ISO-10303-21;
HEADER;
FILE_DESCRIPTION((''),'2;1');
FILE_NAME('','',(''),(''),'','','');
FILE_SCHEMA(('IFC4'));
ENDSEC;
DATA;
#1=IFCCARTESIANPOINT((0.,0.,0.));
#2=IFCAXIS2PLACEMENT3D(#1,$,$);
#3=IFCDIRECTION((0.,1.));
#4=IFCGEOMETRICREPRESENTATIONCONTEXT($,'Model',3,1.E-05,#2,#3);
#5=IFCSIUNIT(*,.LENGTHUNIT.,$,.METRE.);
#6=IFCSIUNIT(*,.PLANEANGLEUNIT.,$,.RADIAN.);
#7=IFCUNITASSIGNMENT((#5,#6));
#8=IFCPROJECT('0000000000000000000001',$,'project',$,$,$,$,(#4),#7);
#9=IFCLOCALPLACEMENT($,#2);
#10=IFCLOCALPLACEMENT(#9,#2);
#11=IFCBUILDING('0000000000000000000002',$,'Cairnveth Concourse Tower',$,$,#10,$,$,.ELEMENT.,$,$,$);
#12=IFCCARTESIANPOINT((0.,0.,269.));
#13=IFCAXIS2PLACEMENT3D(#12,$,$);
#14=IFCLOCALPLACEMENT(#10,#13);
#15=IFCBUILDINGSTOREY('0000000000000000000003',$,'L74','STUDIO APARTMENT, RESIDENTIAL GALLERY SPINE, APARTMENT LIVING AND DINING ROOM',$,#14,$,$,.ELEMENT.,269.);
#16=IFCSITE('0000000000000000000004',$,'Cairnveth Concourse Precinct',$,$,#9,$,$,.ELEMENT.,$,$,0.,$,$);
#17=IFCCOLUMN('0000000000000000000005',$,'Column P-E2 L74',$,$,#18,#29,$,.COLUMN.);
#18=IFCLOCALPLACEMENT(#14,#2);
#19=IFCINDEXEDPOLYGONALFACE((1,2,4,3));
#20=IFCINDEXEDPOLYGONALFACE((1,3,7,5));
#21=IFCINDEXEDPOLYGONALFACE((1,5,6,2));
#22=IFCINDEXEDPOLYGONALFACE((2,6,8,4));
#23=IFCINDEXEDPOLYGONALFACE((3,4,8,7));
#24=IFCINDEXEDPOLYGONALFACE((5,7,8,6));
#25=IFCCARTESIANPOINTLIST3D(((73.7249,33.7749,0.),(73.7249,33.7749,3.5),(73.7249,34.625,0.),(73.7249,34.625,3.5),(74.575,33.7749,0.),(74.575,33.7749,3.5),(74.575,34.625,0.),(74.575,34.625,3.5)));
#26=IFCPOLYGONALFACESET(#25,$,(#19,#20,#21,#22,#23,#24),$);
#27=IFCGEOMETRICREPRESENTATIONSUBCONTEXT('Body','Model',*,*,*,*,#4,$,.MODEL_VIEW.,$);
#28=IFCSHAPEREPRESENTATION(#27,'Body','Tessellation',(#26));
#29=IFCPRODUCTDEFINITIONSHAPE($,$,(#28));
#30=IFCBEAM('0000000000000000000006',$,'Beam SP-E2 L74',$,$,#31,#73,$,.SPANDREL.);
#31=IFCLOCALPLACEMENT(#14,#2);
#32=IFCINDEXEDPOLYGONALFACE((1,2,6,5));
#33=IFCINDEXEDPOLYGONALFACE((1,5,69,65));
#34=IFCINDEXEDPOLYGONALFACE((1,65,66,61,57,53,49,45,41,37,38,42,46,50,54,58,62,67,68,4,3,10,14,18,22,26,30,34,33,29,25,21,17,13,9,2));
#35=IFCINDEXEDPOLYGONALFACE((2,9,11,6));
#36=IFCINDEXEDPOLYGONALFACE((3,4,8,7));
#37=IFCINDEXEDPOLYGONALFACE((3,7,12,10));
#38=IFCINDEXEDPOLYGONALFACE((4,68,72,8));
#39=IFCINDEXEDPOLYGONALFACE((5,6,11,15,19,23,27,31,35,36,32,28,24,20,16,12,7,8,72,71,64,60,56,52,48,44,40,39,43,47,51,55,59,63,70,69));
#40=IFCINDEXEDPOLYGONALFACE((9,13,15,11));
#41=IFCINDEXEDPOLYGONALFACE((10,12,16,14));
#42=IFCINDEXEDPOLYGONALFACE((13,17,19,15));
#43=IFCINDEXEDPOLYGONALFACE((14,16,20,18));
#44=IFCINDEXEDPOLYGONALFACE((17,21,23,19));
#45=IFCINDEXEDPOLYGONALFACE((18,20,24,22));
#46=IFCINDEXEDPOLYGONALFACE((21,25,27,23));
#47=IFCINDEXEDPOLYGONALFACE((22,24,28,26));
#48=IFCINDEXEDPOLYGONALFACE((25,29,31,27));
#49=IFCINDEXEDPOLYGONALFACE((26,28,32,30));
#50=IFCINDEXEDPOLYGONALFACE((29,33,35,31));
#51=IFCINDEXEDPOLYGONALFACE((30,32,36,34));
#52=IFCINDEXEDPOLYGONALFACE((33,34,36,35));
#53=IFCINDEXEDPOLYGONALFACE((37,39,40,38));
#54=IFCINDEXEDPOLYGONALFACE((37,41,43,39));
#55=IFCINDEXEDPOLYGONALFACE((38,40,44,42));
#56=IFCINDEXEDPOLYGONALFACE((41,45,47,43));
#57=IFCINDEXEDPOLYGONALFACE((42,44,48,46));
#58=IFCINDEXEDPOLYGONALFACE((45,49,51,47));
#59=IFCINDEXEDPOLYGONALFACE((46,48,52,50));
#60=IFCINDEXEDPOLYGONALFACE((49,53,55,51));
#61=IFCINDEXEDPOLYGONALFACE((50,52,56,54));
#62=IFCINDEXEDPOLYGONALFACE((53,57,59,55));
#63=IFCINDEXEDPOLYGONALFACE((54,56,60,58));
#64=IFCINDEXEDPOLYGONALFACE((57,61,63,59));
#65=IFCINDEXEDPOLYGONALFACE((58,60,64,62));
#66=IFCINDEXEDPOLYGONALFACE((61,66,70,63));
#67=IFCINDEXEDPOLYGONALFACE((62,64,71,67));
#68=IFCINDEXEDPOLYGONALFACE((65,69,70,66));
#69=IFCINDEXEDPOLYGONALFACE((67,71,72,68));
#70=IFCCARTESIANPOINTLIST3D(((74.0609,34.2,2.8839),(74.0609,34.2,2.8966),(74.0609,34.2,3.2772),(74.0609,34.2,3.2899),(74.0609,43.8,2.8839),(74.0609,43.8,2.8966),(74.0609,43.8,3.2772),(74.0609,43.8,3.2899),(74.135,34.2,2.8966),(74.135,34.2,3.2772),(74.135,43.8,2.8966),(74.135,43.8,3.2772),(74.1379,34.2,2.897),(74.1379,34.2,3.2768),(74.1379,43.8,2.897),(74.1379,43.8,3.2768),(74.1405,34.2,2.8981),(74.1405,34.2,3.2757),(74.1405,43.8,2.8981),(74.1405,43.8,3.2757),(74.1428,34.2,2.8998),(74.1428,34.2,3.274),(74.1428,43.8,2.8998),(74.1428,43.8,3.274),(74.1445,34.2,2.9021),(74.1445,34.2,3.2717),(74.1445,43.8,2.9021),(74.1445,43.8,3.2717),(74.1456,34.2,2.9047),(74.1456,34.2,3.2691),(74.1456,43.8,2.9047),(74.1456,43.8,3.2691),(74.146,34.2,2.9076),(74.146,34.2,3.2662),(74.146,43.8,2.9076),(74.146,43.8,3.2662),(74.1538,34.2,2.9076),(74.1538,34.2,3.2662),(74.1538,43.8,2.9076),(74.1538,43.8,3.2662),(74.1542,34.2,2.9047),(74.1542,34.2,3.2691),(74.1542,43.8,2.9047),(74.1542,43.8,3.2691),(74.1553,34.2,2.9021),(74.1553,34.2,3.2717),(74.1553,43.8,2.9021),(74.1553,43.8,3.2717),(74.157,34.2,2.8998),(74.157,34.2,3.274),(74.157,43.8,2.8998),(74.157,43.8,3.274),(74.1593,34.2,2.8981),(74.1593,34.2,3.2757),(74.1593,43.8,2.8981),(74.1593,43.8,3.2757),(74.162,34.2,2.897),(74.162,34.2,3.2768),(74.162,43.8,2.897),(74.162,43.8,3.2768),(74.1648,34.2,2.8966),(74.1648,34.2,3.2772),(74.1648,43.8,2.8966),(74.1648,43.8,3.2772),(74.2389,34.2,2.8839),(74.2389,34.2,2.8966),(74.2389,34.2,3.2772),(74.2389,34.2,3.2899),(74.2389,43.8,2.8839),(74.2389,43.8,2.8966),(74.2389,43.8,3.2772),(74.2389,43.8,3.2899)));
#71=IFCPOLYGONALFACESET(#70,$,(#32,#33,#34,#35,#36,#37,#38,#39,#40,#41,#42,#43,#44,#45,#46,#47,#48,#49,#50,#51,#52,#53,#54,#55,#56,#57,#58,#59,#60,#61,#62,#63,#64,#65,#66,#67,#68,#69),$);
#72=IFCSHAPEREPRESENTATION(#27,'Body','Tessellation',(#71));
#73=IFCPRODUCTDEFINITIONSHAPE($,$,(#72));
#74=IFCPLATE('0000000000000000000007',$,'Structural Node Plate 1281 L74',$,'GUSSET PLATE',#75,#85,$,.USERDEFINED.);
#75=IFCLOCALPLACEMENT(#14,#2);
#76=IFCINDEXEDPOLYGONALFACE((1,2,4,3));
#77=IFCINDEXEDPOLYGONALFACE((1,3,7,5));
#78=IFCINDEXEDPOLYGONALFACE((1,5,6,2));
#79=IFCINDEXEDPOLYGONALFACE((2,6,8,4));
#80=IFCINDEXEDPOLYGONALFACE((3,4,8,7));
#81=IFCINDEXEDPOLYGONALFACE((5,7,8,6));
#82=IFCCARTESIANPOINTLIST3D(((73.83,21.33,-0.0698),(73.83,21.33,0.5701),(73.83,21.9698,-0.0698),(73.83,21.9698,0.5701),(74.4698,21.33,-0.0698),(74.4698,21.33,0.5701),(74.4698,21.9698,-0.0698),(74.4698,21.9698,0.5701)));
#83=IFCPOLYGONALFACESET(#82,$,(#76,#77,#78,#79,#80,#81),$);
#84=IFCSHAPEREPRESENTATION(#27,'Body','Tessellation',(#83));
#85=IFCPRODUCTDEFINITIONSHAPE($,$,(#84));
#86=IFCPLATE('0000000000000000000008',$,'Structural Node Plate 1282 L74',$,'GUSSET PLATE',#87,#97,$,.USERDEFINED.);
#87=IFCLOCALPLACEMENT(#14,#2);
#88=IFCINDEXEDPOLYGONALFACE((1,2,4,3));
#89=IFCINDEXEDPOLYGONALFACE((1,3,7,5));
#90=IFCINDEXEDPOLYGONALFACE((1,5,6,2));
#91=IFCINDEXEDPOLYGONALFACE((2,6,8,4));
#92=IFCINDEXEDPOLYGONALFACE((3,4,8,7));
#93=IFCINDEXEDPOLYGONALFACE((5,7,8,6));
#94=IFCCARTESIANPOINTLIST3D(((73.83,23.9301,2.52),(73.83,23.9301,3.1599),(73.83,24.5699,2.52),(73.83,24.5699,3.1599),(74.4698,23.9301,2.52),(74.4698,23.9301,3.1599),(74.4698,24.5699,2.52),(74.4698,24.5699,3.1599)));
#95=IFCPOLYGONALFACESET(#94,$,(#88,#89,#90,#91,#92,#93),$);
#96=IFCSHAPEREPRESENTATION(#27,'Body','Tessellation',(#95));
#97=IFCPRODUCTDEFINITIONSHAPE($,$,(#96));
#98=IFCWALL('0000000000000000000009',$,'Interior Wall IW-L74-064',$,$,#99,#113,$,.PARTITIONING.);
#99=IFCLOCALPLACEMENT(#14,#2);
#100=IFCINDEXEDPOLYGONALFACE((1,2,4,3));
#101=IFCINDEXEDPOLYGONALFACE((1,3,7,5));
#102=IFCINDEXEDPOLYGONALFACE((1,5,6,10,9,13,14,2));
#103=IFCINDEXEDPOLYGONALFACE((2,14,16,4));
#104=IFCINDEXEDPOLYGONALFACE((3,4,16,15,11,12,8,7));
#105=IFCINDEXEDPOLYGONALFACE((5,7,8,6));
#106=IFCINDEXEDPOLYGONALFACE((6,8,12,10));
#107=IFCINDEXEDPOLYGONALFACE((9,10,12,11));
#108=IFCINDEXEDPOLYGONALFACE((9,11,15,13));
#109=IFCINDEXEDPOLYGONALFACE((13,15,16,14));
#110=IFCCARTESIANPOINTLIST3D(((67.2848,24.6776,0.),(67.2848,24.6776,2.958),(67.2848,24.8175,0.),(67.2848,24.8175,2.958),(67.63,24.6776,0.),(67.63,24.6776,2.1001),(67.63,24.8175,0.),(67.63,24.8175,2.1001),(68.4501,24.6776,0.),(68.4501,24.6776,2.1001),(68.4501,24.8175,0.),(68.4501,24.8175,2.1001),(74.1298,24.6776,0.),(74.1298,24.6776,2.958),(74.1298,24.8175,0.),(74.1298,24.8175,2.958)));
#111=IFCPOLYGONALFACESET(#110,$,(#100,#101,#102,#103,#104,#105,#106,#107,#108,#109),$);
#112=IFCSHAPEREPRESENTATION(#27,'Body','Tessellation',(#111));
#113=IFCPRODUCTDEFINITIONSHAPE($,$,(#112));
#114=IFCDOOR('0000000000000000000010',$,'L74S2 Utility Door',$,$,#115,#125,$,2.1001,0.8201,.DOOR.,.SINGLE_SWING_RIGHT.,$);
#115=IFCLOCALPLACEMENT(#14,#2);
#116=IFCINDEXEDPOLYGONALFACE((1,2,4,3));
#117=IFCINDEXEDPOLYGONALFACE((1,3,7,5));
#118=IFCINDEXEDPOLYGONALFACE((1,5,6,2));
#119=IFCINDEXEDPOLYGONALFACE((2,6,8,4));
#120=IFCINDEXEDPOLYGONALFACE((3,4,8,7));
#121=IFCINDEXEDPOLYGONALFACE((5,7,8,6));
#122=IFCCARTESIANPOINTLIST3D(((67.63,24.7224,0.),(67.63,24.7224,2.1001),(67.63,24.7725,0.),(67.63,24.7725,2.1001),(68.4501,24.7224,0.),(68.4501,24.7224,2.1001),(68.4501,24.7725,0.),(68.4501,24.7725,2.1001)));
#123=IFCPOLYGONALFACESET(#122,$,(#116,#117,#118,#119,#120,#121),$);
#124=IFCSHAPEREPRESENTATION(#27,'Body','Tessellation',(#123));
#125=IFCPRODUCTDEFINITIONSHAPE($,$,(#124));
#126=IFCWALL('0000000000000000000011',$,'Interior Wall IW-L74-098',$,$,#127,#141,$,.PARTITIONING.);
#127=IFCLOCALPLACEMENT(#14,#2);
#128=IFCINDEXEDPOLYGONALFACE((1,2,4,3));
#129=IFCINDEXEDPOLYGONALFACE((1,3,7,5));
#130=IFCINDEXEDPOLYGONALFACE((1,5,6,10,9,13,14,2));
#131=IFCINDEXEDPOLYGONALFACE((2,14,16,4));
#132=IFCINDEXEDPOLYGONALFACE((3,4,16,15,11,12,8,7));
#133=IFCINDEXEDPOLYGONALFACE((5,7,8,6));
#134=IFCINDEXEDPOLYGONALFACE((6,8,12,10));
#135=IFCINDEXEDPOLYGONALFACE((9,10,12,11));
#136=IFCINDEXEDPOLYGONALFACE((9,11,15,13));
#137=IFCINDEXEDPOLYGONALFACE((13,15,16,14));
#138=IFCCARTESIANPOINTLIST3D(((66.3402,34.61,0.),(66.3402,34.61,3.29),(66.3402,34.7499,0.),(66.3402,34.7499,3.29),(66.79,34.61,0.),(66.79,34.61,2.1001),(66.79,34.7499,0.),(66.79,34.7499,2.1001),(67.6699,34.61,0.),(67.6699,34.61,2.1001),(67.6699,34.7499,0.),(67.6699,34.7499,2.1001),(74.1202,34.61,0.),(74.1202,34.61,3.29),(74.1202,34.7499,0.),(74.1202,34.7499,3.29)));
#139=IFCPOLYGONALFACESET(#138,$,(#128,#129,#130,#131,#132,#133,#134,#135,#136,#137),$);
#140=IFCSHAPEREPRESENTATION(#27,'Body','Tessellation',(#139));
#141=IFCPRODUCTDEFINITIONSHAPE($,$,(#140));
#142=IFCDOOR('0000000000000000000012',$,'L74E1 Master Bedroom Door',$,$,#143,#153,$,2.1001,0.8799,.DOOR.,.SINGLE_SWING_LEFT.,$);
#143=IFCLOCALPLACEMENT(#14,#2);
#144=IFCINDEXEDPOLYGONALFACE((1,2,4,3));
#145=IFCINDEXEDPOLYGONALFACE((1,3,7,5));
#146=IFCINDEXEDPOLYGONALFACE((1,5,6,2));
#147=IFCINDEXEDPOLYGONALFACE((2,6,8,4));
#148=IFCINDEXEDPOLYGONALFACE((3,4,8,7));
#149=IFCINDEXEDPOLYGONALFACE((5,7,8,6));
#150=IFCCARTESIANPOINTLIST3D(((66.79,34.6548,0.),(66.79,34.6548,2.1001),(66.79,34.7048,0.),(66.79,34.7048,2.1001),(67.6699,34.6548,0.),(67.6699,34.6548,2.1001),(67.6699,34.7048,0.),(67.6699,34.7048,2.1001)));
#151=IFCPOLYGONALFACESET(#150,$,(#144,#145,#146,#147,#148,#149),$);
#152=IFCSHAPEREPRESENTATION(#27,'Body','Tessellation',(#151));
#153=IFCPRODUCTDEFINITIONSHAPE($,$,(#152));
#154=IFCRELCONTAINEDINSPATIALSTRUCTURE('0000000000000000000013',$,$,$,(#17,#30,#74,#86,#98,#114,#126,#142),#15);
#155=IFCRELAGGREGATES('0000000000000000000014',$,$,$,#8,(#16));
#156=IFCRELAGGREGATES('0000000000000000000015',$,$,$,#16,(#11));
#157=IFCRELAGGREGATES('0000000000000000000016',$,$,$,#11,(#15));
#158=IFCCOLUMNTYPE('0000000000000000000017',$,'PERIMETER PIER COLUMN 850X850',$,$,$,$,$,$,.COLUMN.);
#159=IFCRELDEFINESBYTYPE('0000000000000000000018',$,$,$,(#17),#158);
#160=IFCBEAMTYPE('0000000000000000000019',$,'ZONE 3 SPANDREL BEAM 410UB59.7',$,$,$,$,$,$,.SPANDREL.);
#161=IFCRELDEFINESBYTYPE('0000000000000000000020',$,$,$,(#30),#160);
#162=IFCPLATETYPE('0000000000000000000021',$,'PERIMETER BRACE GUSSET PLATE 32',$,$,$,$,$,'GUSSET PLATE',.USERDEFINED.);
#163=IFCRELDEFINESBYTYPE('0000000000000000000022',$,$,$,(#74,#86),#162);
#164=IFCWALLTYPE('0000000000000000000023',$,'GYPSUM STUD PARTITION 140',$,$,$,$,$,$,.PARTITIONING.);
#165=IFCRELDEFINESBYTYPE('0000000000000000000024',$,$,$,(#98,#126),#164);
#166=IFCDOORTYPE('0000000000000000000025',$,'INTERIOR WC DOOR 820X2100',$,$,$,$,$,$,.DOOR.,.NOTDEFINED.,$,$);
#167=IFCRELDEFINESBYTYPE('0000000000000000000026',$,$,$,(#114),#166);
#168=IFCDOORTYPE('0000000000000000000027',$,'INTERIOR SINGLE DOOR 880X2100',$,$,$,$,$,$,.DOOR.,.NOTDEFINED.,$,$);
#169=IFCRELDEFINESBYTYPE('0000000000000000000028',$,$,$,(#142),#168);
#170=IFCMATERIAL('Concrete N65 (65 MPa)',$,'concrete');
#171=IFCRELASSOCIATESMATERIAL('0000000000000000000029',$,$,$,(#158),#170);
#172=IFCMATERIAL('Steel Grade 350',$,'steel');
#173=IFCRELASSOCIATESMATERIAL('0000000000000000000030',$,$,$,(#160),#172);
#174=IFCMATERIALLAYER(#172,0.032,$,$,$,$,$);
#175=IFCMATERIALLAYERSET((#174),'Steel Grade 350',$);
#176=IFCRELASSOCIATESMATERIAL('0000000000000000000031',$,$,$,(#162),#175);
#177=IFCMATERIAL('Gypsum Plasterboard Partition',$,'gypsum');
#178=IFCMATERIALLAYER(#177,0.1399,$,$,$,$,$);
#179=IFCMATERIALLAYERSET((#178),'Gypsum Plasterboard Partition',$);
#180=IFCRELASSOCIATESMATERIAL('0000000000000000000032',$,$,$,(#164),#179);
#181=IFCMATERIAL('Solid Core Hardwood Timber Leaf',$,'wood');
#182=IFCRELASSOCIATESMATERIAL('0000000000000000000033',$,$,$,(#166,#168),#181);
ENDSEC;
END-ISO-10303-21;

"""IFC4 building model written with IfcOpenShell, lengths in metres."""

from ifc_helpers import new_model, si_unit, direction, frame, frame_2d, origin, origin_2d, place, context, subcontext, project, spatial, rectangle, i_section, extrude, material, layer, layer_set, material_profile, profile_set, type_object, element, fill, save


model = new_model("IFC4")

# Units and contexts
model_context = context("Model", 3, precision=1e-05, world=origin(), true_north=direction((0.0, 1.0)))
body_context = subcontext(model_context, "Body", "Model", "MODEL_VIEW")
ifc_project = project(units=[si_unit("LENGTHUNIT", "METRE"), si_unit("PLANEANGLEUNIT", "RADIAN")], contexts=[model_context])

# Site, building, storey
site_placement = place(None, origin())
site = spatial("IfcSite", under=ifc_project, at=site_placement, Name="Cairnveth Concourse Precinct", CompositionType="ELEMENT", RefElevation=0.0)
building_placement = place(site_placement, origin())
building = spatial("IfcBuilding", under=site, at=building_placement, Name="Cairnveth Concourse Tower", CompositionType="ELEMENT")
storey_placement = place(building_placement, frame((0.0, 0.0, 269.0)))
storey = spatial("IfcBuildingStorey", under=building, at=storey_placement, Name="L74", Description="STUDIO APARTMENT, RESIDENTIAL GALLERY SPINE, APARTMENT LIVING AND DINING ROOM", CompositionType="ELEMENT", Elevation=269.0)

# Column
ifc_material_1 = material(Name="Concrete N65 (65 MPa)", Category="concrete")
ifc_material_profile_1 = material_profile(ifc_material_1, rectangle(XDim=0.8501, YDim=0.8501, at=origin_2d()), Name="RC-COL-850x850")
ifc_profile_set_1 = profile_set([ifc_material_profile_1], Name="Concrete N65 (65 MPa)")
column_type = type_object("IfcColumnType", Name="PERIMETER PIER COLUMN 850X850", PredefinedType="COLUMN", material=ifc_profile_set_1)
column_placement = place(storey_placement, frame((74.1499, 34.2, 0.0), z_axis=(0.0, 0.0, 1.0), x_axis=(0.0, 1.0, 0.0)))
element("IfcColumn", 1, at=column_placement, inside=storey, type_object=column_type, Name="Column P-E2 L74", PredefinedType="COLUMN", context=body_context, shape_type="SweptSolid", body=[
    extrude(rectangle(XDim=0.8501, YDim=0.8501, at=origin_2d()), origin(), (0.0, 0.0, 1.0), 3.5),
])

# Beam
ifc_material_2 = material(Name="Steel Grade 350", Category="steel")
ifc_material_profile_2 = material_profile(ifc_material_2, i_section(OverallWidth=0.178, OverallDepth=0.406, WebThickness=0.0078, FlangeThickness=0.0127, FilletRadius=0.011, at=origin_2d()), Name="410UB59.7")
ifc_profile_set_2 = profile_set([ifc_material_profile_2], Name="Steel Grade 350")
beam_type = type_object("IfcBeamType", Name="ZONE 3 SPANDREL BEAM 410UB59.7", PredefinedType="SPANDREL", material=ifc_profile_set_2)
beam_placement = place(storey_placement, frame((74.1499, 34.2, 3.0869), z_axis=(0.0, 1.0, 0.0), x_axis=(-1.0, 0.0, 0.0)))
element("IfcBeam", 2, at=beam_placement, inside=storey, type_object=beam_type, Name="Beam SP-E2 L74", PredefinedType="SPANDREL", context=body_context, shape_type="SweptSolid", body=[
    extrude(i_section(OverallWidth=0.178, OverallDepth=0.406, WebThickness=0.0078, FlangeThickness=0.0127, FilletRadius=0.011, at=origin_2d()), origin(), (0.0, 0.0, 1.0), 9.6001),
])

# Plates
ifc_layer_1 = layer(ifc_material_2, 0.032)
ifc_layer_set_1 = layer_set([ifc_layer_1], Name="Steel Grade 350")
plate_type = type_object("IfcPlateType", Name="PERIMETER BRACE GUSSET PLATE 32", ElementType="GUSSET PLATE", PredefinedType="USERDEFINED", material=ifc_layer_set_1)
for number, where, z_axis, x_axis, name in (
    (3, (74.1499, 21.6499, -0.0698), (0.0, 0.0, 1.0), (1.0, 0.0, 0.0), "Structural Node Plate 1281 L74"),
    (4, (74.1499, 24.25, 2.52), (0.0, 0.0, 1.0), (1.0, 0.0, 0.0), "Structural Node Plate 1282 L74"),
):
    element("IfcPlate", number, at=place(storey_placement, frame(where, z_axis=z_axis, x_axis=x_axis)), inside=storey, type_object=plate_type, Name=name, ObjectType="GUSSET PLATE", PredefinedType="USERDEFINED", context=body_context, shape_type="SweptSolid", body=[
        extrude(rectangle(XDim=0.6399, YDim=0.6399, at=origin_2d()), origin(), (0.0, 0.0, 1.0), 0.6399),
    ])

# Walls, openings, doors
ifc_material_3 = material(Name="Gypsum Plasterboard Partition", Category="gypsum")
ifc_layer_2 = layer(ifc_material_3, 0.1399)
ifc_layer_set_2 = layer_set([ifc_layer_2], Name="Gypsum Plasterboard Partition")
wall_type_1 = type_object("IfcWallType", Name="GYPSUM STUD PARTITION 140", PredefinedType="PARTITIONING", material=ifc_layer_set_2)
wall_1_placement = place(storey_placement, frame((67.2849, 24.7476, 0.0), z_axis=(0.0, 0.0, 1.0), x_axis=(1.0, 0.0, 0.0)))
wall_1 = element("IfcWall", 5, at=wall_1_placement, inside=storey, type_object=wall_type_1, Name="Interior Wall IW-L74-064", PredefinedType="PARTITIONING", context=body_context, shape_type="SweptSolid", body=[
    extrude(rectangle(XDim=6.845, YDim=0.1399, at=frame_2d((3.4224, 0.0))), origin(), (0.0, 0.0, 1.0), 2.958),
])
opening_1_placement = place(wall_1_placement, frame((0.345, 0.0, 0.0)))
opening_1 = element("IfcOpeningElement", 6, at=opening_1_placement, cuts=wall_1, PredefinedType="OPENING", context=body_context, shape_type="SweptSolid", body=[
    extrude(rectangle(XDim=0.8201, YDim=2.1001, at=frame_2d((0.4102, 1.05))), frame((0.0, 0.0798, 0.0), z_axis=(0.0, -1.0, 0.0), x_axis=(1.0, 0.0, 0.0)), (0.0, 0.0, 1.0), 0.1599),
])
ifc_material_4 = material(Name="Solid Core Hardwood Timber Leaf", Category="wood")
door_type_1 = type_object("IfcDoorType", Name="INTERIOR WC DOOR 820X2100", OperationType="NOTDEFINED", PredefinedType="DOOR", material=ifc_material_4)
door_1_placement = place(opening_1_placement, origin())
door_1 = element("IfcDoor", 7, at=door_1_placement, inside=storey, type_object=door_type_1, Name="L74S2 Utility Door", OperationType="SINGLE_SWING_RIGHT", OverallHeight=2.1001, OverallWidth=0.8201, PredefinedType="DOOR", context=body_context, shape_type="SweptSolid", body=[
    extrude(rectangle(XDim=0.8201, YDim=2.1001, at=frame_2d((0.4102, 1.05))), frame((0.0, 0.0249, 0.0), z_axis=(0.0, -1.0, 0.0), x_axis=(1.0, 0.0, 0.0)), (0.0, 0.0, 1.0), 0.05),
])
fill(opening_1, door_1)
wall_2_placement = place(storey_placement, frame((66.3401, 34.6799, 0.0), z_axis=(0.0, 0.0, 1.0), x_axis=(1.0, 0.0, 0.0)))
wall_2 = element("IfcWall", 8, at=wall_2_placement, inside=storey, type_object=wall_type_1, Name="Interior Wall IW-L74-098", PredefinedType="PARTITIONING", context=body_context, shape_type="SweptSolid", body=[
    extrude(rectangle(XDim=7.78, YDim=0.1399, at=frame_2d((3.8901, 0.0))), origin(), (0.0, 0.0, 1.0), 3.29),
])
opening_2_placement = place(wall_2_placement, frame((0.45, 0.0, 0.0)))
opening_2 = element("IfcOpeningElement", 9, at=opening_2_placement, cuts=wall_2, PredefinedType="OPENING", context=body_context, shape_type="SweptSolid", body=[
    extrude(rectangle(XDim=0.8799, YDim=2.1001, at=frame_2d((0.4399, 1.05))), frame((0.0, 0.0798, 0.0), z_axis=(0.0, -1.0, 0.0), x_axis=(1.0, 0.0, 0.0)), (0.0, 0.0, 1.0), 0.1599),
])
door_type_2 = type_object("IfcDoorType", Name="INTERIOR SINGLE DOOR 880X2100", OperationType="NOTDEFINED", PredefinedType="DOOR", material=ifc_material_4)
door_2_placement = place(opening_2_placement, origin())
door_2 = element("IfcDoor", 10, at=door_2_placement, inside=storey, type_object=door_type_2, Name="L74E1 Master Bedroom Door", OperationType="SINGLE_SWING_LEFT", OverallHeight=2.1001, OverallWidth=0.8799, PredefinedType="DOOR", context=body_context, shape_type="SweptSolid", body=[
    extrude(rectangle(XDim=0.8799, YDim=2.1001, at=frame_2d((0.4399, 1.05))), frame((0.0, 0.0249, 0.0), z_axis=(0.0, -1.0, 0.0), x_axis=(1.0, 0.0, 0.0)), (0.0, 0.0, 1.0), 0.05),
])
fill(opening_2, door_2)

save(model, "model.ifc")
